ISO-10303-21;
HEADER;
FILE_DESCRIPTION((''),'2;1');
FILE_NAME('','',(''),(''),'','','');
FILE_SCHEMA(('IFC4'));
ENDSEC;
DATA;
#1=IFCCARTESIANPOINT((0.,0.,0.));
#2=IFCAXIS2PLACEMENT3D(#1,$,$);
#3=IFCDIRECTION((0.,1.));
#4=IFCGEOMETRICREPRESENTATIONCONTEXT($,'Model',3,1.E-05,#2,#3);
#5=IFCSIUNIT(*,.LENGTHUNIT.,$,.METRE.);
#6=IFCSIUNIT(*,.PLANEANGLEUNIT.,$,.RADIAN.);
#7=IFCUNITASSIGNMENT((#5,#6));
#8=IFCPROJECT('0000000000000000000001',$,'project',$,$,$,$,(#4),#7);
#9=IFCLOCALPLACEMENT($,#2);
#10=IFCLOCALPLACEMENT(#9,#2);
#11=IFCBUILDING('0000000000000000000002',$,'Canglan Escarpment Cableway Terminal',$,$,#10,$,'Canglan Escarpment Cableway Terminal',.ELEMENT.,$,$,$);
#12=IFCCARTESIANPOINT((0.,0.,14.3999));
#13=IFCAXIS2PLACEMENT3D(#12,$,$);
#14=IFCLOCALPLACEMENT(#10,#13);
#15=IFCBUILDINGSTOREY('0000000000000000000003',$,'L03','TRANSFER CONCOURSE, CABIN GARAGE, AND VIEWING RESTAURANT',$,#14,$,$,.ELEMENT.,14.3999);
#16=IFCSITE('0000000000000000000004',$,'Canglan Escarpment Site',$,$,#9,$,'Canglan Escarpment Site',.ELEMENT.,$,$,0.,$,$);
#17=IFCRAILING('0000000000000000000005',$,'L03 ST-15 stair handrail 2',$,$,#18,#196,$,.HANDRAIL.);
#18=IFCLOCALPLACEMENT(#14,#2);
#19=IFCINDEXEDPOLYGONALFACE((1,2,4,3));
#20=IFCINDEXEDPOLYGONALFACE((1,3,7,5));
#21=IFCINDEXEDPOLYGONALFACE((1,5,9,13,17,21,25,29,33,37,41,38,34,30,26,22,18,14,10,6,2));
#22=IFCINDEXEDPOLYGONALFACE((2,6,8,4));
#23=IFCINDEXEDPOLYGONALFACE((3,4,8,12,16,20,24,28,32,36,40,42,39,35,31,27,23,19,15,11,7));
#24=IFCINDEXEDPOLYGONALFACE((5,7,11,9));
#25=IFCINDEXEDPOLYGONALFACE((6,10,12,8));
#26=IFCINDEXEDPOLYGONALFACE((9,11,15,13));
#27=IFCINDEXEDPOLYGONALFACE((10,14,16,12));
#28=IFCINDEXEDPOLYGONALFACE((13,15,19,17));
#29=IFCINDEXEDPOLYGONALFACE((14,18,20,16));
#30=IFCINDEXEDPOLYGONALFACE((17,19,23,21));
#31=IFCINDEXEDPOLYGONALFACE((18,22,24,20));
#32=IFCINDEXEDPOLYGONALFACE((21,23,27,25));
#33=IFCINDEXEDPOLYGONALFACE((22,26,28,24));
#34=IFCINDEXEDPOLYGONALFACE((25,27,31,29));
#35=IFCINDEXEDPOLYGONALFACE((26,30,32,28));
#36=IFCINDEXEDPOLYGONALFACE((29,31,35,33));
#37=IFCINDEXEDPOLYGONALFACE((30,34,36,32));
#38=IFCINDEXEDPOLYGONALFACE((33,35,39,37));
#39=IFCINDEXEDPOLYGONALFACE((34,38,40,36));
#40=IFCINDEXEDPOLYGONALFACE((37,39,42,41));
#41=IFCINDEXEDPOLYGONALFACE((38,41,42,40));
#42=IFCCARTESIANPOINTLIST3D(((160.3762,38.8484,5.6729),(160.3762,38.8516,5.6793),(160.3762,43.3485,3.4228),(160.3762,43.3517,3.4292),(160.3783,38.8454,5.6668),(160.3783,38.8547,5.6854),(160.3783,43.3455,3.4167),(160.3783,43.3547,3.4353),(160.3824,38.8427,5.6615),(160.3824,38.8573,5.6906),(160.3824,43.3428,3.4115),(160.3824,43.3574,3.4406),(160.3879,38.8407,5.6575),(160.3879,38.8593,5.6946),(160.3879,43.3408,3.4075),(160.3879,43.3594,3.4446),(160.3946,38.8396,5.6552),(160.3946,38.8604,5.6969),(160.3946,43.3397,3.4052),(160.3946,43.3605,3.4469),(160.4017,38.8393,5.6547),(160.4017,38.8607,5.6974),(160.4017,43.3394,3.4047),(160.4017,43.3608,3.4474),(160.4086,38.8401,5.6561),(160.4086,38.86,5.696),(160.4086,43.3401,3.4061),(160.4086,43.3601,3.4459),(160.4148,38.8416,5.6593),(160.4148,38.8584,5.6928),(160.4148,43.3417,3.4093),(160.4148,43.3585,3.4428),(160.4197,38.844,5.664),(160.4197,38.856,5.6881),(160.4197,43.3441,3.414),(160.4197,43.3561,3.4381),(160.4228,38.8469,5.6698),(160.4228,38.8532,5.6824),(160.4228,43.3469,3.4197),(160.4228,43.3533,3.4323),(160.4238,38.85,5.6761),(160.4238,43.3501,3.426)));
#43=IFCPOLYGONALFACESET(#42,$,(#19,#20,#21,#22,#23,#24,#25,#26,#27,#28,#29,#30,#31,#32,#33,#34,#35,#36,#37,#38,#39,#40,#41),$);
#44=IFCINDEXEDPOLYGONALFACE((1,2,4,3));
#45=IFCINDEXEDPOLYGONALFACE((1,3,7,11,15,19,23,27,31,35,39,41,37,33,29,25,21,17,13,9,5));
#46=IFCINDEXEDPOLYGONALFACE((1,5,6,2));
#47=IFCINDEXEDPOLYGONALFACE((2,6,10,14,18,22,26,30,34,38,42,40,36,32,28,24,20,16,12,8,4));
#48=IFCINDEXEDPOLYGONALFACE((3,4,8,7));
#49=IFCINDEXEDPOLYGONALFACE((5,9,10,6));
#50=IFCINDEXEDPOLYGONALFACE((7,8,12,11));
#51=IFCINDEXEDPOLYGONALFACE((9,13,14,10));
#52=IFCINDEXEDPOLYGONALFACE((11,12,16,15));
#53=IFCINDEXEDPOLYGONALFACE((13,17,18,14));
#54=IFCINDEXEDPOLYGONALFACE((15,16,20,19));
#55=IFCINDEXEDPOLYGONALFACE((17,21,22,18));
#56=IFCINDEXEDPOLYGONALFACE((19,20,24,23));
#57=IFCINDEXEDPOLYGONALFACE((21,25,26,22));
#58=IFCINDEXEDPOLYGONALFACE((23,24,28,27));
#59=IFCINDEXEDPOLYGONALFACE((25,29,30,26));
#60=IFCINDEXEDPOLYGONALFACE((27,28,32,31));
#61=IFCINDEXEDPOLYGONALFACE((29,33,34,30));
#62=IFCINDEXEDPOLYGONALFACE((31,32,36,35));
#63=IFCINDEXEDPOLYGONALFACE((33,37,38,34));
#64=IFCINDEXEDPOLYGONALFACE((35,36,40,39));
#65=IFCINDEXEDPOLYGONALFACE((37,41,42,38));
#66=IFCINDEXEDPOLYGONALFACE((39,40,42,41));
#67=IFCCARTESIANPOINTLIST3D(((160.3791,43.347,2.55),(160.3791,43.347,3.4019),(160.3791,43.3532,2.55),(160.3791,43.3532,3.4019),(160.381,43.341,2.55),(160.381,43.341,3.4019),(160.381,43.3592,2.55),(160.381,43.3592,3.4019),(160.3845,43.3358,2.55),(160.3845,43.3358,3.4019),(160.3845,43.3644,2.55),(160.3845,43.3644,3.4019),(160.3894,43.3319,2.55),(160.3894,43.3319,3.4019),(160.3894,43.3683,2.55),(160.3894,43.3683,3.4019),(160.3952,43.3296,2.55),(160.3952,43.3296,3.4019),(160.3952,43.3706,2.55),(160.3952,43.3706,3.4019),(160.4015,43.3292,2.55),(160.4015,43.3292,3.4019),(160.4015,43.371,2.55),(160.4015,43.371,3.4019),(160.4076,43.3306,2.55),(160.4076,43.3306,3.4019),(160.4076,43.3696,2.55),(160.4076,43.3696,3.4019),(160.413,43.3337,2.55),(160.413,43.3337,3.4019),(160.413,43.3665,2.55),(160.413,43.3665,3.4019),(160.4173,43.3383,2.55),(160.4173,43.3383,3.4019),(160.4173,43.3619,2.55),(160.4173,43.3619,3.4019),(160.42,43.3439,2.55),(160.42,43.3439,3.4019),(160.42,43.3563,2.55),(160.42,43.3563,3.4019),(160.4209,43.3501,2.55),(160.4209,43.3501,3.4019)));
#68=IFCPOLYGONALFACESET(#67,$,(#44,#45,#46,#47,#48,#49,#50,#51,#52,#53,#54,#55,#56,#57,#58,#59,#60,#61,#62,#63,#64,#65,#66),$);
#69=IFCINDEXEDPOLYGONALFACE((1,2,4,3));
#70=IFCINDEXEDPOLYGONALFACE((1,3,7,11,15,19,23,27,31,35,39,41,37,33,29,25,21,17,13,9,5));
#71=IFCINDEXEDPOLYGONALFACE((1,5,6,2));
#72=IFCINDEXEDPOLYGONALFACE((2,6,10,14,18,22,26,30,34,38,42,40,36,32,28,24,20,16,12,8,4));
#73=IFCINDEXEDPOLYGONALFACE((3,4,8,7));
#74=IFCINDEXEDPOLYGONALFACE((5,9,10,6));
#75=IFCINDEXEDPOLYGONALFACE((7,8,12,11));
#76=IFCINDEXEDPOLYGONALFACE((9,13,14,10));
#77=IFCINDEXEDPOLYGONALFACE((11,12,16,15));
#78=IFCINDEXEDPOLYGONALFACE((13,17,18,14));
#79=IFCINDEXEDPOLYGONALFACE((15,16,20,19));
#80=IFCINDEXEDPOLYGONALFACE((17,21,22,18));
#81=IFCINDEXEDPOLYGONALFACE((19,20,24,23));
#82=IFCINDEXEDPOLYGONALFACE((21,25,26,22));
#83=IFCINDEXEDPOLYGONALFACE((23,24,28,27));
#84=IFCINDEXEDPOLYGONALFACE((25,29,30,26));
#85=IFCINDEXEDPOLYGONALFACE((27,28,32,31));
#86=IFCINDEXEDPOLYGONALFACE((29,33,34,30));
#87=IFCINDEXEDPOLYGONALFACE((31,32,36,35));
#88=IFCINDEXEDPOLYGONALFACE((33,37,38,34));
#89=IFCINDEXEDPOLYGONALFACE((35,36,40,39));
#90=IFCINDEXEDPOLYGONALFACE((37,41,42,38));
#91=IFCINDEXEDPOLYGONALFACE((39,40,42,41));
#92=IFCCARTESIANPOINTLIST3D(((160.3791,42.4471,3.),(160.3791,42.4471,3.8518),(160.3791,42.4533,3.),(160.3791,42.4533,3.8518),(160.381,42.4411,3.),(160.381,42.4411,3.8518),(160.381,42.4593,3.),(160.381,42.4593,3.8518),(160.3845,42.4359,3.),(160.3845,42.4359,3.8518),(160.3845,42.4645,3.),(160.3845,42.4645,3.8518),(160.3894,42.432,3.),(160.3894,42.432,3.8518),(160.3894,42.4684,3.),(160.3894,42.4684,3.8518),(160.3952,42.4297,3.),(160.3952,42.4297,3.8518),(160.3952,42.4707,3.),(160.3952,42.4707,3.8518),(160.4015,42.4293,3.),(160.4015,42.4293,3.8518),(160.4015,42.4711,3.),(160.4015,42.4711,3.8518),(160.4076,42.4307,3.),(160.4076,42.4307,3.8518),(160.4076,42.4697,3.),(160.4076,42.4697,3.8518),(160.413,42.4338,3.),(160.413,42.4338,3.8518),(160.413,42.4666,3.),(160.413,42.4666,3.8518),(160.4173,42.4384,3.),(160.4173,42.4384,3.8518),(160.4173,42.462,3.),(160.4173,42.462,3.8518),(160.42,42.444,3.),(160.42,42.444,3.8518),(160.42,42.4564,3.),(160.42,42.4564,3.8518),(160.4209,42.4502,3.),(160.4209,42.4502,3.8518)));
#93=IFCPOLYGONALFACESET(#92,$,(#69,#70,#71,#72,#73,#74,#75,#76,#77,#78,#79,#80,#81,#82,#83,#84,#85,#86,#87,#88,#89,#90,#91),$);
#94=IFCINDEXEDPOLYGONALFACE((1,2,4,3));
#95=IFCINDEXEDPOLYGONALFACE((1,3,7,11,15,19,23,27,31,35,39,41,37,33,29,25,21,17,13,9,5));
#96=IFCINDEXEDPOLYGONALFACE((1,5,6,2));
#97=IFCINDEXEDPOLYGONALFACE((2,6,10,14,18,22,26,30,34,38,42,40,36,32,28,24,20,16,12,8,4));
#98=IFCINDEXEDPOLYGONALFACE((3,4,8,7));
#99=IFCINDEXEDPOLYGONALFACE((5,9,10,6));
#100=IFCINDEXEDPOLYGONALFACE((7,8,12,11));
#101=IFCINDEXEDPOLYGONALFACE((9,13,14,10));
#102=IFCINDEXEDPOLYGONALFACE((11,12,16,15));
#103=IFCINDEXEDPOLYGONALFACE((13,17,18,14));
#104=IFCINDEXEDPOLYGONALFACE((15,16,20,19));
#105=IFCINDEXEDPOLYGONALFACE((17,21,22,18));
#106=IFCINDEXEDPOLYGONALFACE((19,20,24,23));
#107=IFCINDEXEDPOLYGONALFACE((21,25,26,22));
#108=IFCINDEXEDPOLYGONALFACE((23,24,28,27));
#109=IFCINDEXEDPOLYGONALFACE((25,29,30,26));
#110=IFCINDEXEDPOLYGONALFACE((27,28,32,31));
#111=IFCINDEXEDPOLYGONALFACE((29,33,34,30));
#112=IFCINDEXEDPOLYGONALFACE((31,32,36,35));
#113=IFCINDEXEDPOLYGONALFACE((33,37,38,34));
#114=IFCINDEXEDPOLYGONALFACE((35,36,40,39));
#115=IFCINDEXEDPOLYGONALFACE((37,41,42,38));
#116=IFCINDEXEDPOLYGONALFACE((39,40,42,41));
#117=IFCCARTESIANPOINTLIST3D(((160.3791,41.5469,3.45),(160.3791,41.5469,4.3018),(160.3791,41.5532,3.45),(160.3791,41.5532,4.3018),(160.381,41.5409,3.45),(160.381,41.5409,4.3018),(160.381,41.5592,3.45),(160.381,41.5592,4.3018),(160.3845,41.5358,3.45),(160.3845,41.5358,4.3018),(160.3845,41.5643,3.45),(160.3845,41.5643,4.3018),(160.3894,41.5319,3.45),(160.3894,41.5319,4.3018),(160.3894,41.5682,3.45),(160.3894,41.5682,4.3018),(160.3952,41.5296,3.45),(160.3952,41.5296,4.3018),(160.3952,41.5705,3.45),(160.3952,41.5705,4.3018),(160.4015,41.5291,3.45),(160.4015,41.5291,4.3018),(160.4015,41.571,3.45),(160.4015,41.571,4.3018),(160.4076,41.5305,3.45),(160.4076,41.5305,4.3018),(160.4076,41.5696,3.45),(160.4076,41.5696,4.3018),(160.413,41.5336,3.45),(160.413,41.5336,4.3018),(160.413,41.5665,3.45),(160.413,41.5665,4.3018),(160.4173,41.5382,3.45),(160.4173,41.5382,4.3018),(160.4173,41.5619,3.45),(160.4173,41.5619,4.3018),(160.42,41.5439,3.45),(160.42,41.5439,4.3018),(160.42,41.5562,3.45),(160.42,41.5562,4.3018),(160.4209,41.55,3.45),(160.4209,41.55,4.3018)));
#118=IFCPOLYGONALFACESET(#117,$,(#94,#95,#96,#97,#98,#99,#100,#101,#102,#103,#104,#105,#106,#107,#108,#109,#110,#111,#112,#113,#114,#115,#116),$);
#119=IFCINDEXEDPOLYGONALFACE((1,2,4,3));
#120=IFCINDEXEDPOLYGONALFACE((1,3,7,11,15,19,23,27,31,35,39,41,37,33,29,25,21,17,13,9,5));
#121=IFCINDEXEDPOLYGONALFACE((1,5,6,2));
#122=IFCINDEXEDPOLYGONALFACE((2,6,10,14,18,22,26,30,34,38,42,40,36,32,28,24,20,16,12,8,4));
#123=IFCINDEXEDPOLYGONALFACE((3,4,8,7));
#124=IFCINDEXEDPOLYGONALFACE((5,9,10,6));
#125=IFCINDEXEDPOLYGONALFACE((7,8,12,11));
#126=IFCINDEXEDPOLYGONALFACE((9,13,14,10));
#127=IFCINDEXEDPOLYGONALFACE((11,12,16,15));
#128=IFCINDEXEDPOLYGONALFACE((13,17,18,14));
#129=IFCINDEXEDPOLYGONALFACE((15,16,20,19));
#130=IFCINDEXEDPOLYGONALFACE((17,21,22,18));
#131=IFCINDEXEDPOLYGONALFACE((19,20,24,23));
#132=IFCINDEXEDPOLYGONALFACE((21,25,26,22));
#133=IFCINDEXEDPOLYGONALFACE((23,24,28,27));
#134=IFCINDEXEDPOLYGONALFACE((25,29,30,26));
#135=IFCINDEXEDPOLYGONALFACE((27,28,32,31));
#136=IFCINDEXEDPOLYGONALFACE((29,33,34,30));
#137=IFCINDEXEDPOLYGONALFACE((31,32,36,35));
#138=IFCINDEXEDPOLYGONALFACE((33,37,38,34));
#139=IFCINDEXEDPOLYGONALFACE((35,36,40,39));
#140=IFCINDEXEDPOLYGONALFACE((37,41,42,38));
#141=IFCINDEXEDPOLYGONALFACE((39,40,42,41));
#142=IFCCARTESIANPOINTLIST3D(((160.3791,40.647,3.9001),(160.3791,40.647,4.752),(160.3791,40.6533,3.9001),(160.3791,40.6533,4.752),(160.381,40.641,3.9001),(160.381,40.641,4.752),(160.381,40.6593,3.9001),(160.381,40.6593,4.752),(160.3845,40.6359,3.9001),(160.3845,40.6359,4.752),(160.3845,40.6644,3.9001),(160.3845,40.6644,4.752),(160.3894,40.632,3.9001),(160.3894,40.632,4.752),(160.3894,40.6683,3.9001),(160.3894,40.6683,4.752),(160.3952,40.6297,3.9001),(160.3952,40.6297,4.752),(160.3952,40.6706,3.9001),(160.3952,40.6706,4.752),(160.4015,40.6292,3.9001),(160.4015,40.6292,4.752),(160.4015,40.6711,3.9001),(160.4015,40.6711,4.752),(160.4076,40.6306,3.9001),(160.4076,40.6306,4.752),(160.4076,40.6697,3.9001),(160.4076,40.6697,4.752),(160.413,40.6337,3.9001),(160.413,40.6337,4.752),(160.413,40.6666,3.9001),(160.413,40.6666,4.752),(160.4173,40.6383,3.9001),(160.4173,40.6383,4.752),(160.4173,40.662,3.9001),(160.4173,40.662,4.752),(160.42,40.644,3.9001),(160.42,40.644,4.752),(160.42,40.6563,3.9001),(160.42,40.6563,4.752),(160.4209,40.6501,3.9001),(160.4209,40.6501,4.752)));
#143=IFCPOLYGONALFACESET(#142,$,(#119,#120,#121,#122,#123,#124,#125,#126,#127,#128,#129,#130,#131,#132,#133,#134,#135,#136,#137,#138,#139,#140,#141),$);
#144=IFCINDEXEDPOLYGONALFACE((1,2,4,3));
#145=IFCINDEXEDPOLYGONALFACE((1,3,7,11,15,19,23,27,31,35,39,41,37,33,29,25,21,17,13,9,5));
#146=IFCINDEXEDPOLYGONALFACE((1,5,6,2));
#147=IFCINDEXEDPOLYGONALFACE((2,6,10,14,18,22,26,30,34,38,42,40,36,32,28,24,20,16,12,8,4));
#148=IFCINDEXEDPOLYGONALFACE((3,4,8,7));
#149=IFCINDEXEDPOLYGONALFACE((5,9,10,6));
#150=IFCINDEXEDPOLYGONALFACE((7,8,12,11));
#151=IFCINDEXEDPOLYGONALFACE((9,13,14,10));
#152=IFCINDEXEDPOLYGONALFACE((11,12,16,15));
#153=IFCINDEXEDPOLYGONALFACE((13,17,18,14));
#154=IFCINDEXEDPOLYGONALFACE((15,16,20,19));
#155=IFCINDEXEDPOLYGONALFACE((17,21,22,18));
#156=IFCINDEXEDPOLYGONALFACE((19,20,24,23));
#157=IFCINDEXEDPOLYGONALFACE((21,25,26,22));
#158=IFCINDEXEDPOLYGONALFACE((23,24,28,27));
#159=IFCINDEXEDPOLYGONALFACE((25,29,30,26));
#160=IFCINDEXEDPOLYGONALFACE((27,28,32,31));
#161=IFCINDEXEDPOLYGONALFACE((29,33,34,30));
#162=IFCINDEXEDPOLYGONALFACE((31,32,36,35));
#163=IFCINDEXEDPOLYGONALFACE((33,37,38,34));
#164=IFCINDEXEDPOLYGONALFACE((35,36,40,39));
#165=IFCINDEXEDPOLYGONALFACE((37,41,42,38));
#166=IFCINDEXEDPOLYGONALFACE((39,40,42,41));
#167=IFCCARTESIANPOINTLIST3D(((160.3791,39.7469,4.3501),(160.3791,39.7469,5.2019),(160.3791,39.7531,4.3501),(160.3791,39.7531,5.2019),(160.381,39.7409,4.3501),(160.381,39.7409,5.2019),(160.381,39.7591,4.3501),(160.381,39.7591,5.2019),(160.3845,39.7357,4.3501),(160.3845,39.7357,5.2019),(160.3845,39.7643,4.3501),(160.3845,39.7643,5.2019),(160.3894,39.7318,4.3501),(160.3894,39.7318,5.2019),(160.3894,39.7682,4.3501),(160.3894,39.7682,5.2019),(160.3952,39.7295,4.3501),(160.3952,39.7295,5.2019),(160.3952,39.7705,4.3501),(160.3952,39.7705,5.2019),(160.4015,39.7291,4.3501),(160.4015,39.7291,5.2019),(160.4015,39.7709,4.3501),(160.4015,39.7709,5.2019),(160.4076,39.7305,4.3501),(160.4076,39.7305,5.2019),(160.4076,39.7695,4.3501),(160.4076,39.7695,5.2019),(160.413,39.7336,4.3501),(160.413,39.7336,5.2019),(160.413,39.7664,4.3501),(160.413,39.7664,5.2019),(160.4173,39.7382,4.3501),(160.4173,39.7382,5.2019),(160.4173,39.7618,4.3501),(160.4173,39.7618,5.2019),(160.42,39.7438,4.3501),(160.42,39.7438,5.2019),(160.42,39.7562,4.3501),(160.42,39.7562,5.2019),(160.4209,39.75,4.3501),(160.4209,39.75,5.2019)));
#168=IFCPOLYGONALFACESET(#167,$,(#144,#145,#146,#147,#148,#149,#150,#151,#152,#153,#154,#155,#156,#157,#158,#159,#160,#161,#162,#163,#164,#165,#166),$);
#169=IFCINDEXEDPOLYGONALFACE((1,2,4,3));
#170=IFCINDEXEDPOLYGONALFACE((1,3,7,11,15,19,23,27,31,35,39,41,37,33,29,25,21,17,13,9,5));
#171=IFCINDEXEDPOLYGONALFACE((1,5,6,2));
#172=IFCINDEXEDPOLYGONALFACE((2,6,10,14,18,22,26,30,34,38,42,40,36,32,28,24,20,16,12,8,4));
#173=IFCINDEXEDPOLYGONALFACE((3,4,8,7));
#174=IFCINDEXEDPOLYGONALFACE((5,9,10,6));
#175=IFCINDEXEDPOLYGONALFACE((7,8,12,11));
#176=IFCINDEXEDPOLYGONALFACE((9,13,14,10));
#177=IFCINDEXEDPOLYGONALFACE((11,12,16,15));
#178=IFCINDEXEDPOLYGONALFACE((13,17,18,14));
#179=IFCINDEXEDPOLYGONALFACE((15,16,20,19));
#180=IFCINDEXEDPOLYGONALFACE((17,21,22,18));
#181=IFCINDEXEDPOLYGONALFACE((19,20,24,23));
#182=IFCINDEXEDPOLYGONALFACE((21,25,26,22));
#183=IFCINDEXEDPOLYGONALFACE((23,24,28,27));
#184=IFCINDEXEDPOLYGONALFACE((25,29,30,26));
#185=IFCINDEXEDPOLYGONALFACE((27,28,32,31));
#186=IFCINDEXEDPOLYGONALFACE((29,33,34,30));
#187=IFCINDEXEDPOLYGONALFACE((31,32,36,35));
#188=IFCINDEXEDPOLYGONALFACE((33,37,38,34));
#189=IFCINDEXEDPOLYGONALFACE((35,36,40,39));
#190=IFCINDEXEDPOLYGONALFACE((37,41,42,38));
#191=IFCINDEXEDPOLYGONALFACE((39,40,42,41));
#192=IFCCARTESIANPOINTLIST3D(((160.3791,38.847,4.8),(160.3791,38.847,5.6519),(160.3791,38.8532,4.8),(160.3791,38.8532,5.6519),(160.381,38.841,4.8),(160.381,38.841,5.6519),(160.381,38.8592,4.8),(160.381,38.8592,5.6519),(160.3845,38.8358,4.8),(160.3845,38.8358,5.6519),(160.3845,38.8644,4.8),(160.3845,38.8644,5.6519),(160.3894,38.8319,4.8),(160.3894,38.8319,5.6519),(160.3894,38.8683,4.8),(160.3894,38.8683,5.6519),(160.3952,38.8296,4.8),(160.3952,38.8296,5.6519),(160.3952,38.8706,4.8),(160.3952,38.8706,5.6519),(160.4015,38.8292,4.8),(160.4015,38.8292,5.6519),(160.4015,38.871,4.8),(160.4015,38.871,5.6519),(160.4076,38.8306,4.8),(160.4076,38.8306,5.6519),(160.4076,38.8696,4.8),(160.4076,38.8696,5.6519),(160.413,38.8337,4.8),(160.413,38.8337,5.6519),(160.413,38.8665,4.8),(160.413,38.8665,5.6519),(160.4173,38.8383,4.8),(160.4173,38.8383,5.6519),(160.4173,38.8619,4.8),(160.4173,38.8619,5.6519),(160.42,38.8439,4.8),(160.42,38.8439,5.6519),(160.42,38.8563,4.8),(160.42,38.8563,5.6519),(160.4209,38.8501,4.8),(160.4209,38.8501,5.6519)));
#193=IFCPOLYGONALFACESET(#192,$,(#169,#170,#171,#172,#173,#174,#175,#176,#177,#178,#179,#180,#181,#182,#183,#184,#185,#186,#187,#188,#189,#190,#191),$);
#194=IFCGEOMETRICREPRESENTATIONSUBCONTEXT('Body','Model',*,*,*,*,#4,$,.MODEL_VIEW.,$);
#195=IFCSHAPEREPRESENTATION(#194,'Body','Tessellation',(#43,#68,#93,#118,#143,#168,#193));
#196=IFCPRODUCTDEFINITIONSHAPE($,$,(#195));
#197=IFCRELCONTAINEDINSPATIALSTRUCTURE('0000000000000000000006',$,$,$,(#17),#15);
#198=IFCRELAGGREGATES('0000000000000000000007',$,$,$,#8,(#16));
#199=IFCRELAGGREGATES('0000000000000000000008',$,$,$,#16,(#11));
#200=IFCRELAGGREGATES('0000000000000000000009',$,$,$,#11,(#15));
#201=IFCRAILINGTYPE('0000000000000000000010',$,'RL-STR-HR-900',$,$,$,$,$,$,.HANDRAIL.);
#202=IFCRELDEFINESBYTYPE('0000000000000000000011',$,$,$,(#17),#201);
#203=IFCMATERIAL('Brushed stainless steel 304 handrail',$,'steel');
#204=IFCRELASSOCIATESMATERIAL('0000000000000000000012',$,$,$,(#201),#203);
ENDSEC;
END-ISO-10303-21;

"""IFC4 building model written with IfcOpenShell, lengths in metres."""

from ifc_helpers import new_model, si_unit, direction, frame, origin, origin_2d, place, context, subcontext, project, spatial, circle, extrude, material, type_object, element, save


model = new_model("IFC4")

# Units and contexts
model_context = context("Model", 3, precision=1e-05, world=origin(), true_north=direction((0.0, 1.0)))
body_context = subcontext(model_context, "Body", "Model", "MODEL_VIEW")
ifc_project = project(units=[si_unit("LENGTHUNIT", "METRE"), si_unit("PLANEANGLEUNIT", "RADIAN")], contexts=[model_context])

# Site, building, storey
site_placement = place(None, origin())
site = spatial("IfcSite", under=ifc_project, at=site_placement, Name="Canglan Escarpment Site", LongName="Canglan Escarpment Site", CompositionType="ELEMENT", RefElevation=0.0)
building_placement = place(site_placement, origin())
building = spatial("IfcBuilding", under=site, at=building_placement, Name="Canglan Escarpment Cableway Terminal", LongName="Canglan Escarpment Cableway Terminal", CompositionType="ELEMENT")
storey_placement = place(building_placement, frame((0.0, 0.0, 14.3999)))
storey = spatial("IfcBuildingStorey", under=building, at=storey_placement, Name="L03", Description="TRANSFER CONCOURSE, CABIN GARAGE, AND VIEWING RESTAURANT", CompositionType="ELEMENT", Elevation=14.3999)

# Railing
ifc_material_1 = material(Name="Brushed stainless steel 304 handrail", Category="steel")
railing_type_1 = type_object("IfcRailingType", Name="RL-STR-HR-900", PredefinedType="HANDRAIL", material=ifc_material_1)
railing_1_placement = place(storey_placement, frame((160.3999, 43.3501, 2.55)))
element("IfcRailing", 1, at=railing_1_placement, inside=storey, type_object=railing_type_1, Name="L03 ST-15 stair handrail 2", PredefinedType="HANDRAIL", context=body_context, shape_type="SweptSolid", body=[
    extrude(circle(Radius=0.0239, at=origin_2d()), frame((0.0, 0.0, 0.876), z_axis=(0.0, -0.894427, 0.447214), x_axis=(1.0, 0.0, 0.0)), (0.0, 0.0, 1.0), 5.0312),
    extrude(circle(Radius=0.021, at=origin_2d()), origin(), (0.0, 0.0, 1.0), 0.8518),
    extrude(circle(Radius=0.021, at=origin_2d()), frame((0.0, -0.8999, 0.45)), (0.0, 0.0, 1.0), 0.8518),
    extrude(circle(Radius=0.021, at=origin_2d()), frame((0.0, -1.8, 0.8999)), (0.0, 0.0, 1.0), 0.8518),
    extrude(circle(Radius=0.021, at=origin_2d()), frame((0.0, -2.7, 1.3501)), (0.0, 0.0, 1.0), 0.8518),
    extrude(circle(Radius=0.021, at=origin_2d()), frame((0.0, -3.6001, 1.8)), (0.0, 0.0, 1.0), 0.8518),
    extrude(circle(Radius=0.021, at=origin_2d()), frame((0.0, -4.5, 2.25)), (0.0, 0.0, 1.0), 0.8518),
])

save(model, "model.ifc")
